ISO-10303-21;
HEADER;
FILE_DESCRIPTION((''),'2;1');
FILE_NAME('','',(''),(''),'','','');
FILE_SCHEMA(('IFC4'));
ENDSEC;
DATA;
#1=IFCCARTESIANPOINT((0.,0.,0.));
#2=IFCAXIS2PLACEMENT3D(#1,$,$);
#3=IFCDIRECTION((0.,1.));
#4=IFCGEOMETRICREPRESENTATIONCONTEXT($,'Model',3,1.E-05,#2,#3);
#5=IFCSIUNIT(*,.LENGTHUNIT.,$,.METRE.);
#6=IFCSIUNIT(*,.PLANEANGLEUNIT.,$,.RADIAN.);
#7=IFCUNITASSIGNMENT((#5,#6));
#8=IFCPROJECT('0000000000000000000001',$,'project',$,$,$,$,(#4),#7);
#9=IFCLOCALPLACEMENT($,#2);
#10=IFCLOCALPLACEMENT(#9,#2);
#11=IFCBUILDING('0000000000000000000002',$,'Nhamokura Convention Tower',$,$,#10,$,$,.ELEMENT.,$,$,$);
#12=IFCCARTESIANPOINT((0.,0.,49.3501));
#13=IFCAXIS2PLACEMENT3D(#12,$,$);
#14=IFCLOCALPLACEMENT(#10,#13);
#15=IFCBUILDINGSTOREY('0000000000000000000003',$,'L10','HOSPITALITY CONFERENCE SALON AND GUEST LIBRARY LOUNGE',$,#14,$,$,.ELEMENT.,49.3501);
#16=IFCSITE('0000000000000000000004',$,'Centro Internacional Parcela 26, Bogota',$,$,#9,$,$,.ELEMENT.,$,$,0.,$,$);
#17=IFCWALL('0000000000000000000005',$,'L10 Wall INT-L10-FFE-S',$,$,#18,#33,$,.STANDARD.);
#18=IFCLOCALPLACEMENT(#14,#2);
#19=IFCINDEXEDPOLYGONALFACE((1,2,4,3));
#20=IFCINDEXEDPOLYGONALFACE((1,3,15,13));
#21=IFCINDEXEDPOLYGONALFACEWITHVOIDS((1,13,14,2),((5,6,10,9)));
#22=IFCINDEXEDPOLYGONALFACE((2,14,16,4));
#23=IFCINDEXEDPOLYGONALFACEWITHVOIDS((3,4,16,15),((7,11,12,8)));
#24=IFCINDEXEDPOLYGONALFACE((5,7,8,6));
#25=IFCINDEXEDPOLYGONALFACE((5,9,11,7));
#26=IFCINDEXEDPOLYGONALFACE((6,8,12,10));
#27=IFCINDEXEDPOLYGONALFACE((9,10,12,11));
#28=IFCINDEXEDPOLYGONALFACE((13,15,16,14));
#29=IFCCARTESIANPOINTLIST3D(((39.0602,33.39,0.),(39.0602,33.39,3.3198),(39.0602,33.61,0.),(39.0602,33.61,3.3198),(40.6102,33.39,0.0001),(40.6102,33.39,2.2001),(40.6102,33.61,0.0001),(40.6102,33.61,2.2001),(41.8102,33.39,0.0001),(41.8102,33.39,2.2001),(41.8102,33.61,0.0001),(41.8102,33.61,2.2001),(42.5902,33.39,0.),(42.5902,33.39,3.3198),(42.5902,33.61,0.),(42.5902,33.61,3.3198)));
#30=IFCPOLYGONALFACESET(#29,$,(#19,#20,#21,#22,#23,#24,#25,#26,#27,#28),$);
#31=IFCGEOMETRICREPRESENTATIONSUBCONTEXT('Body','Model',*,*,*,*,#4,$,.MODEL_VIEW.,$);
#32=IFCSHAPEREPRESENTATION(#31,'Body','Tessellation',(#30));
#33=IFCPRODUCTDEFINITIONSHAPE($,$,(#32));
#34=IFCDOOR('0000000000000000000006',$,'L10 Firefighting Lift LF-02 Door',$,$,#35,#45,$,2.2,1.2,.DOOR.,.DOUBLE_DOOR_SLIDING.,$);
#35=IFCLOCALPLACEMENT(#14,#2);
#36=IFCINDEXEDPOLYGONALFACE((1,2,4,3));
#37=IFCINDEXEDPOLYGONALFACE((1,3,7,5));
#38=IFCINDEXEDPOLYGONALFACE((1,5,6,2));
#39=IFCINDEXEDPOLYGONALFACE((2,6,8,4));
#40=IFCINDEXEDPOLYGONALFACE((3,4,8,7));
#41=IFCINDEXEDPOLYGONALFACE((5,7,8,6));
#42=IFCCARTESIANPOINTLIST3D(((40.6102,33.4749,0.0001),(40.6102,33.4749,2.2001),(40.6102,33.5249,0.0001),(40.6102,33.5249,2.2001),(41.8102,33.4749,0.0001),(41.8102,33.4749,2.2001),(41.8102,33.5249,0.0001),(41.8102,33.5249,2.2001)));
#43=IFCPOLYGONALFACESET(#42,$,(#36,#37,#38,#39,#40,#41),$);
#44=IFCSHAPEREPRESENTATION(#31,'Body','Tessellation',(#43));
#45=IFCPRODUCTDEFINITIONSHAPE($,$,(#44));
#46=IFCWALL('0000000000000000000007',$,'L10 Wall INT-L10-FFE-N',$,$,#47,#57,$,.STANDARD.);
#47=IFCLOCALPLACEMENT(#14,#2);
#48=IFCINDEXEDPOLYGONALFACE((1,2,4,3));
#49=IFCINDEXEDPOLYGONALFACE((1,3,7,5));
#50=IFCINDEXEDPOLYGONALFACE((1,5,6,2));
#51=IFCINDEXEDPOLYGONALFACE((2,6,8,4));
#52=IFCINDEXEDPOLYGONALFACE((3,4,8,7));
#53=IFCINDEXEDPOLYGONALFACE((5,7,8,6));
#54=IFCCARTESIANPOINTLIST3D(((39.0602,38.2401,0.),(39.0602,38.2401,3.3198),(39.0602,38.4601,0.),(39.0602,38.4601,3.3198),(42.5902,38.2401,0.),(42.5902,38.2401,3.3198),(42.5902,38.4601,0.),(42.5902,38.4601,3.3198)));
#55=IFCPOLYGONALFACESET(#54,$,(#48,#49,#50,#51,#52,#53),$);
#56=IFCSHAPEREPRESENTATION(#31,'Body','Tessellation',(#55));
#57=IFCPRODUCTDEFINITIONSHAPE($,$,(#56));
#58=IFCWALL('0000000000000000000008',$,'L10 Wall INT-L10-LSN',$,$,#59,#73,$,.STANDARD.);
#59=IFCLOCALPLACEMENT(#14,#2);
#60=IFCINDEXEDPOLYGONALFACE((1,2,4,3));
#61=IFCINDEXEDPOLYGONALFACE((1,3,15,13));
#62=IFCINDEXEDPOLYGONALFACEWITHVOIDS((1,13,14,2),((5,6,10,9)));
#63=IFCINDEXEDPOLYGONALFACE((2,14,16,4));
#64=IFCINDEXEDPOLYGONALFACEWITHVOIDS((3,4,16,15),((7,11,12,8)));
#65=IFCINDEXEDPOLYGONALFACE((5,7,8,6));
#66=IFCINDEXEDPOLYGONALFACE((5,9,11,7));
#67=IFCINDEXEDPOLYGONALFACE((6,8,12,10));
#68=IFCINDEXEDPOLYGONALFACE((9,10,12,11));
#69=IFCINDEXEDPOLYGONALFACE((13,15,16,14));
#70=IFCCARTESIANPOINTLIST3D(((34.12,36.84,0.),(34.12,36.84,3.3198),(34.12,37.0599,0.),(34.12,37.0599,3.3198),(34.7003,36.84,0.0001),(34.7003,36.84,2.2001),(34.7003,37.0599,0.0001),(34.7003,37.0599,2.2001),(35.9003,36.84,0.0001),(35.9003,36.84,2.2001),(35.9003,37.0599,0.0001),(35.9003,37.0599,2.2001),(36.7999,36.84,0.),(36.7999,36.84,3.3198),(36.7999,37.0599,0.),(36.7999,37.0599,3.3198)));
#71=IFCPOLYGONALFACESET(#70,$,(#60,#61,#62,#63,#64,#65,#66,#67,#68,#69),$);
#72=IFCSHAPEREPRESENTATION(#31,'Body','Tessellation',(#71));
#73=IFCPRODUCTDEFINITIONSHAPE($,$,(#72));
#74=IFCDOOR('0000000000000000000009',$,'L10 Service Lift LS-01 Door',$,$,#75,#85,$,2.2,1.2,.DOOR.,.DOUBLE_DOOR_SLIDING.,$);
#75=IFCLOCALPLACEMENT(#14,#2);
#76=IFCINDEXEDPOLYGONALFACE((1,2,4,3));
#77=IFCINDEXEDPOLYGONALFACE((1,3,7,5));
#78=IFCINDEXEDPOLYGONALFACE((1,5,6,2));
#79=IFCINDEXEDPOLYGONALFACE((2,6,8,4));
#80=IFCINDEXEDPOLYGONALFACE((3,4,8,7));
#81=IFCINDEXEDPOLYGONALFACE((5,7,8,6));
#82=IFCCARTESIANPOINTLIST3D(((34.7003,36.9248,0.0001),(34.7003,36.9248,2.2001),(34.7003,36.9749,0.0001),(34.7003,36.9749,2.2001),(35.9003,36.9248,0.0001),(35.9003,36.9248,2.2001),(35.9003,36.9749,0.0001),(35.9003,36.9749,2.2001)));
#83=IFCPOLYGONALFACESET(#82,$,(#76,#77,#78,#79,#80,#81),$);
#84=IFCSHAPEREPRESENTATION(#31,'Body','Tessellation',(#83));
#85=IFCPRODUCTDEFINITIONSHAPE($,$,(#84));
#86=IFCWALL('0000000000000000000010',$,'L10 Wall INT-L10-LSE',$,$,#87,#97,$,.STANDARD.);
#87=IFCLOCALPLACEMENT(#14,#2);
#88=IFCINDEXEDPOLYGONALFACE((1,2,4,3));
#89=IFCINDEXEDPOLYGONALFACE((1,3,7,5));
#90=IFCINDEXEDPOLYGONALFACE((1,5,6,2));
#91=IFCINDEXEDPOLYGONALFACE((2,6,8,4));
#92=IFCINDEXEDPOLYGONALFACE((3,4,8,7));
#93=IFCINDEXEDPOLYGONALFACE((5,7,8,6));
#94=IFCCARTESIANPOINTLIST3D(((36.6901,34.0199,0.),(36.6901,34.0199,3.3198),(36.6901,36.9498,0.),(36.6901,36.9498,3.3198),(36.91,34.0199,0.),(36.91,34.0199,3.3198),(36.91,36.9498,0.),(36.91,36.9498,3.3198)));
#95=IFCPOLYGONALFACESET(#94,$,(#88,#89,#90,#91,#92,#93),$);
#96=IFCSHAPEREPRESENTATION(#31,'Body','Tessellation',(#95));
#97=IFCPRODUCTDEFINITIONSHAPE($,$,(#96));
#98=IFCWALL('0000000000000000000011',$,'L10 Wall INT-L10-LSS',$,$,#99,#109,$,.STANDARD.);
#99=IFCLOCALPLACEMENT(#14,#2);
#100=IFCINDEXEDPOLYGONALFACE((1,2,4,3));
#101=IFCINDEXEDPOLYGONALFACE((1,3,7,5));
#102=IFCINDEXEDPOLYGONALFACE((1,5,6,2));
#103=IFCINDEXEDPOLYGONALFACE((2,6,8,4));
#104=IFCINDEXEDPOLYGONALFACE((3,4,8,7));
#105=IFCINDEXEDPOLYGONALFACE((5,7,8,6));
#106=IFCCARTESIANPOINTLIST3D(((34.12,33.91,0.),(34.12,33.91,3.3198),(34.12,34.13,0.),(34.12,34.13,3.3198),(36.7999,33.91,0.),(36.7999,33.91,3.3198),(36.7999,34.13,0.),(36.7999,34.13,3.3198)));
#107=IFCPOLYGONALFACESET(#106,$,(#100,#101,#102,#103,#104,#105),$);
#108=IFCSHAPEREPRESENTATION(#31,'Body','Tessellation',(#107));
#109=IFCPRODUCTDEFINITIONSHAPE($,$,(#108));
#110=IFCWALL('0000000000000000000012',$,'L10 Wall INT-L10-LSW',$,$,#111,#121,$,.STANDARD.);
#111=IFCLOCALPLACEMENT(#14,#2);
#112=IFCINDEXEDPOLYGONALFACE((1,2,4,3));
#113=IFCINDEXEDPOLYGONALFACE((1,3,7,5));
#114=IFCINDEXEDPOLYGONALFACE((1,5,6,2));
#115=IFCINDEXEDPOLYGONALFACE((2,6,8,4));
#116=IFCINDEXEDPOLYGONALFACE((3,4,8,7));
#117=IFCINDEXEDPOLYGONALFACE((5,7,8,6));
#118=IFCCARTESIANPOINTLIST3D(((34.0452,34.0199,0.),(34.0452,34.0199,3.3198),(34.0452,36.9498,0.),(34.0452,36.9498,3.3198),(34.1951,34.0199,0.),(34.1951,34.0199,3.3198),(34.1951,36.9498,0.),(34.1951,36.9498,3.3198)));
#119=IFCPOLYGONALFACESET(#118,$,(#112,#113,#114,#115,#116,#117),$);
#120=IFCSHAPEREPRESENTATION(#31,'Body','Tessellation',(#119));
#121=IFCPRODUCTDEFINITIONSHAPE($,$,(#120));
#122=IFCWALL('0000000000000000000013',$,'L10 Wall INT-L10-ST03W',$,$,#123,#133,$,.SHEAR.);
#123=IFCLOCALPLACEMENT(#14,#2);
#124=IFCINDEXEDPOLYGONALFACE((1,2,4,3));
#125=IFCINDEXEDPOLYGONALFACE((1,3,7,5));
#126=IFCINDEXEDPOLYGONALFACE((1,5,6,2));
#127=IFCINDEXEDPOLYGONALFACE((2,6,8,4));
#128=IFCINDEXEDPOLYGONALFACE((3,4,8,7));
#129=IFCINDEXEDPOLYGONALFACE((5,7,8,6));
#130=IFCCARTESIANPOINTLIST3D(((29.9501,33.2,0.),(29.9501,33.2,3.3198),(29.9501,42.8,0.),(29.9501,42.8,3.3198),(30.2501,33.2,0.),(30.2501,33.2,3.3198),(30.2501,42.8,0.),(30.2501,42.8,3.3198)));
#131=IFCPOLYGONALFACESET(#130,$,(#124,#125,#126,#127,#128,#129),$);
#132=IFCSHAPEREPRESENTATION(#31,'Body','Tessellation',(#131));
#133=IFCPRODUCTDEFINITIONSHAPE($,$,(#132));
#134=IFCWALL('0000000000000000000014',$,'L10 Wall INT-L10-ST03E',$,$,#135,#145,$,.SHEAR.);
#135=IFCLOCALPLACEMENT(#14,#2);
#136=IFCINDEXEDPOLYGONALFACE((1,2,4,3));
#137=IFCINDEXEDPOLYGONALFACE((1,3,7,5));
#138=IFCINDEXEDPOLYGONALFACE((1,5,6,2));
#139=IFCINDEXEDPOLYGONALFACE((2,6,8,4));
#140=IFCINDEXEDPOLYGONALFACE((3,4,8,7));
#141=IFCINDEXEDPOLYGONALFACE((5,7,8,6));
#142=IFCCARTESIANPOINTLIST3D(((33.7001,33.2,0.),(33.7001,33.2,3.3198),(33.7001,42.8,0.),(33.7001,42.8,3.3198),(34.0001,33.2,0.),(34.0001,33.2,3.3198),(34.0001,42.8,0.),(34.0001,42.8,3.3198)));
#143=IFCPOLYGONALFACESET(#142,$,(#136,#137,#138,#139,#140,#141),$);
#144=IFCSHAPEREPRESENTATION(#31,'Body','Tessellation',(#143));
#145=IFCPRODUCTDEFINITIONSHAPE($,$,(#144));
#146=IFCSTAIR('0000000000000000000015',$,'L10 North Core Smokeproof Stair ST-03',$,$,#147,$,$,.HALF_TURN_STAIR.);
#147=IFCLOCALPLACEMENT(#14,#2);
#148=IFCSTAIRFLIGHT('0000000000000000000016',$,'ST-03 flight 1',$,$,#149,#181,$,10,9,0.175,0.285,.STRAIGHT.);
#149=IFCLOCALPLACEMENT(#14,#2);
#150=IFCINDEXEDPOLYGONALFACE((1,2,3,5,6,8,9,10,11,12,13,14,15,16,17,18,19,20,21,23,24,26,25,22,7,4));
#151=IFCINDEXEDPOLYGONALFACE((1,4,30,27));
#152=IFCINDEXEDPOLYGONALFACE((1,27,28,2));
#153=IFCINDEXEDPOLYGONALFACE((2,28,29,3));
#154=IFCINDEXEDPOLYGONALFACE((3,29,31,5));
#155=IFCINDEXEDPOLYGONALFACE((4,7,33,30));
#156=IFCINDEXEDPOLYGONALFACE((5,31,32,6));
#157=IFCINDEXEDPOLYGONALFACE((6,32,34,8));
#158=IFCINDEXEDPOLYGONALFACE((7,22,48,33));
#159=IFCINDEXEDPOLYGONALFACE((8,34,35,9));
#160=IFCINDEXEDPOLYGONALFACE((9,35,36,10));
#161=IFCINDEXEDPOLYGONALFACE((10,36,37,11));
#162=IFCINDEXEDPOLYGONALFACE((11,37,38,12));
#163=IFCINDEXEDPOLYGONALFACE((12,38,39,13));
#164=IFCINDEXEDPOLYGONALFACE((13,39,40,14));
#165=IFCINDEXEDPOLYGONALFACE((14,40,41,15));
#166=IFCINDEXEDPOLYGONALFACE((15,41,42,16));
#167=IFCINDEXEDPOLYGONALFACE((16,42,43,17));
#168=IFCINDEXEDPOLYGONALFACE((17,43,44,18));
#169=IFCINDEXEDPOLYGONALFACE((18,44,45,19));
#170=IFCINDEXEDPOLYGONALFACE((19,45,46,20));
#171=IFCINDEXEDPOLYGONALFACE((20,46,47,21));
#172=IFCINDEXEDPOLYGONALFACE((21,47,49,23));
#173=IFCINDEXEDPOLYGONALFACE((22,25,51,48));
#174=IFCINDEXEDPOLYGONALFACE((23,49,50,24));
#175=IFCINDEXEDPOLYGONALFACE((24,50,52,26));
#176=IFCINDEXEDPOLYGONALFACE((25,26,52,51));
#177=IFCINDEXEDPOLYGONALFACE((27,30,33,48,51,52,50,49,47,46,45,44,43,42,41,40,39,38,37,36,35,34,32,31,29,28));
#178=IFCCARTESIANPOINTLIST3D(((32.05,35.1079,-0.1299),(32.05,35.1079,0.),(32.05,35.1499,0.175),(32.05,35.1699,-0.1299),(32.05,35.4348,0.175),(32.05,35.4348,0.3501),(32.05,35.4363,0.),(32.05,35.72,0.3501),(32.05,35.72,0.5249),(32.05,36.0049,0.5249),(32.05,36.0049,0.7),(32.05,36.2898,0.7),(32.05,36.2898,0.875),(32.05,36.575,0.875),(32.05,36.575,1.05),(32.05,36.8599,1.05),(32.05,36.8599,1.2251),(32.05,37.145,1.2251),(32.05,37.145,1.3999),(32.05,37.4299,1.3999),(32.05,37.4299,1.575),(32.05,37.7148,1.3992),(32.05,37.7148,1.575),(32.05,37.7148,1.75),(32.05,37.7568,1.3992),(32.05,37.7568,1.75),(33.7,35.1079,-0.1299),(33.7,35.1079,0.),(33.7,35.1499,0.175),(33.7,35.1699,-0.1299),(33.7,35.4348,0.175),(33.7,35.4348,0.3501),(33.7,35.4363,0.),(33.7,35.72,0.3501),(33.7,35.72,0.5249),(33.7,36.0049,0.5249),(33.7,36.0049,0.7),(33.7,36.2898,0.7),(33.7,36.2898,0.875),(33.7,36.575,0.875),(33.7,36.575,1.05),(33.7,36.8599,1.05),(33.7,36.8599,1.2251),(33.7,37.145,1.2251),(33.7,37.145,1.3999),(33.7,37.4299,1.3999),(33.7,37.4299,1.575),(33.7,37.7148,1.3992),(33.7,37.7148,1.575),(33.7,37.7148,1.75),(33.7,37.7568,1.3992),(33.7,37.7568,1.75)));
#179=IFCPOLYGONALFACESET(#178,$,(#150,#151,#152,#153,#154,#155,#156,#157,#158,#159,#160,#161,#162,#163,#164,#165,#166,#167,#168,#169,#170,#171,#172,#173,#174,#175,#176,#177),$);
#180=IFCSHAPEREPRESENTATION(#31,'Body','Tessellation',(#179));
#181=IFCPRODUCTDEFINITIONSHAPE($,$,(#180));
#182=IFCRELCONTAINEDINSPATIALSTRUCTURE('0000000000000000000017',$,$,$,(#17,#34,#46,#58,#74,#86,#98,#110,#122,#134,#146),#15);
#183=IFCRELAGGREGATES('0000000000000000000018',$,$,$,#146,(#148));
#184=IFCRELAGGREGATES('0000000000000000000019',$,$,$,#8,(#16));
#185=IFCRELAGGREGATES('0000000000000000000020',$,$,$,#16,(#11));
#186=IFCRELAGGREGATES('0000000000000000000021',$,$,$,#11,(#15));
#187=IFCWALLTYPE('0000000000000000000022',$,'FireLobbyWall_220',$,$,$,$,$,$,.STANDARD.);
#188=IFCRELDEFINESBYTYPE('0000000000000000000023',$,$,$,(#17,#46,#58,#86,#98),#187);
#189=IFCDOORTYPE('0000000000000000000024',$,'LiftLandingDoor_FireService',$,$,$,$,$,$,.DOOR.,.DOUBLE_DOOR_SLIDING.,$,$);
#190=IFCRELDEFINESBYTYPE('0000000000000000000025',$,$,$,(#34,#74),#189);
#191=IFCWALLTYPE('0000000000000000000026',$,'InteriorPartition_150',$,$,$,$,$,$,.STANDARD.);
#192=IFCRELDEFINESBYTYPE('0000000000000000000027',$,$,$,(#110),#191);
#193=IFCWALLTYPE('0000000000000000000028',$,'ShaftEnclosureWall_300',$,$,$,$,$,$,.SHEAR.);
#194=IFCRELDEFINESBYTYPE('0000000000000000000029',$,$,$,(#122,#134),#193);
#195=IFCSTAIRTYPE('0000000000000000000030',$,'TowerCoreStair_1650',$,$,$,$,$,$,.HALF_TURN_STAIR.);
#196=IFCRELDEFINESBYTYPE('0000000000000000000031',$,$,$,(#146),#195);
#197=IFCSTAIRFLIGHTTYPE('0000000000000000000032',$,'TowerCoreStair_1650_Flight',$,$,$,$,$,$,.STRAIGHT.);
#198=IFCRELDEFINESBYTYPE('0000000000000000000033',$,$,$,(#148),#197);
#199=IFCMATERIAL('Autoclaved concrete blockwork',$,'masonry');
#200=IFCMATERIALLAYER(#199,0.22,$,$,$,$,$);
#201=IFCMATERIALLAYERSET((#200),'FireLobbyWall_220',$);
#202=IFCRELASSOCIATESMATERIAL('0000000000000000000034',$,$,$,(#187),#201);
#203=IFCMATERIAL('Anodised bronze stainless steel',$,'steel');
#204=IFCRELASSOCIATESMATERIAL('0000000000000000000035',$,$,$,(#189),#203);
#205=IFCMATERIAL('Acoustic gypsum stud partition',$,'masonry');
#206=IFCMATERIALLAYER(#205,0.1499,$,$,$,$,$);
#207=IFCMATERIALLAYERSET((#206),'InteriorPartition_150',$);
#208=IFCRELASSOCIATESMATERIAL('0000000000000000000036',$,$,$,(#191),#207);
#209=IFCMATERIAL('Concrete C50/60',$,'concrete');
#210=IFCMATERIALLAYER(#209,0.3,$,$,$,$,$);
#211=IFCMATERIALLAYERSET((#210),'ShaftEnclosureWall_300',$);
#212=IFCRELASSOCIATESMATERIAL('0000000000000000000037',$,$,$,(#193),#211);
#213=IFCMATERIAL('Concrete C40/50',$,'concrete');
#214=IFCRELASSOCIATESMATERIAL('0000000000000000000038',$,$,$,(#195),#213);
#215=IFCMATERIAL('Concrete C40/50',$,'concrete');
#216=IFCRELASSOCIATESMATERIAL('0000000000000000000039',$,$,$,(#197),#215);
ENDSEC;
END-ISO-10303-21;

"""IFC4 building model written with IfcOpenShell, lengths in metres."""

from ifc_helpers import new_model, si_unit, direction, frame, frame_2d, origin, place, context, subcontext, project, spatial, polyline, rectangle, outline, extrude, material, layer, layer_set, type_object, element, fill, aggregate, save


model = new_model("IFC4")

# Units and contexts
model_context = context("Model", 3, precision=1e-05, world=origin(), true_north=direction((0.0, 1.0)))
body_context = subcontext(model_context, "Body", "Model", "MODEL_VIEW")
ifc_project = project(units=[si_unit("LENGTHUNIT", "METRE"), si_unit("PLANEANGLEUNIT", "RADIAN")], contexts=[model_context])

# Site, building, storey
site_placement = place(None, origin())
site = spatial("IfcSite", under=ifc_project, at=site_placement, Name="Centro Internacional Parcela 26, Bogota", CompositionType="ELEMENT", RefElevation=0.0)
building_placement = place(site_placement, origin())
building = spatial("IfcBuilding", under=site, at=building_placement, Name="Nhamokura Convention Tower", CompositionType="ELEMENT")
storey_placement = place(building_placement, frame((0.0, 0.0, 49.3501)))
storey = spatial("IfcBuildingStorey", under=building, at=storey_placement, Name="L10", Description="HOSPITALITY CONFERENCE SALON AND GUEST LIBRARY LOUNGE", CompositionType="ELEMENT", Elevation=49.3501)

# Wall, opening, door
ifc_material_1 = material(Name="Autoclaved concrete blockwork", Category="masonry")
ifc_layer_1 = layer(ifc_material_1, 0.22)
ifc_layer_set_1 = layer_set([ifc_layer_1], Name="FireLobbyWall_220")
wall_type_1 = type_object("IfcWallType", Name="FireLobbyWall_220", PredefinedType="STANDARD", material=ifc_layer_set_1)
wall_1_placement = place(storey_placement, frame((39.0601, 33.5, 0.0), z_axis=(0.0, 0.0, 1.0), x_axis=(1.0, 0.0, 0.0)))
wall_1 = element("IfcWall", 1, at=wall_1_placement, inside=storey, type_object=wall_type_1, Name="L10 Wall INT-L10-FFE-S", PredefinedType="STANDARD", context=body_context, shape_type="SweptSolid", body=[
    extrude(rectangle(XDim=3.53, YDim=0.22, at=frame_2d((1.7651, 0.0))), origin(), (0.0, 0.0, 1.0), 3.3198),
])
opening_1_placement = place(wall_1_placement, frame((1.55, 0.0, 0.0)))
opening_1 = element("IfcOpeningElement", 2, at=opening_1_placement, cuts=wall_1, PredefinedType="OPENING", context=body_context, shape_type="SweptSolid", body=[
    extrude(rectangle(XDim=1.2, YDim=2.2, at=frame_2d((0.6001, 1.1001))), frame((0.0, 0.1199, 0.0), z_axis=(0.0, -1.0, 0.0), x_axis=(1.0, 0.0, 0.0)), (0.0, 0.0, 1.0), 0.24),
])
ifc_material_2 = material(Name="Anodised bronze stainless steel", Category="steel")
door_type_1 = type_object("IfcDoorType", Name="LiftLandingDoor_FireService", OperationType="DOUBLE_DOOR_SLIDING", PredefinedType="DOOR", material=ifc_material_2)
door_1_placement = place(opening_1_placement, origin())
door_1 = element("IfcDoor", 3, at=door_1_placement, inside=storey, type_object=door_type_1, Name="L10 Firefighting Lift LF-02 Door", OperationType="DOUBLE_DOOR_SLIDING", OverallHeight=2.2, OverallWidth=1.2, PredefinedType="DOOR", context=body_context, shape_type="SweptSolid", body=[
    extrude(rectangle(XDim=1.2, YDim=2.2, at=frame_2d((0.6001, 1.1001))), frame((0.0, 0.0249, 0.0), z_axis=(0.0, -1.0, 0.0), x_axis=(1.0, 0.0, 0.0)), (0.0, 0.0, 1.0), 0.05),
])
fill(opening_1, door_1)

# Wall
wall_2_placement = place(storey_placement, frame((39.0601, 38.3501, 0.0), z_axis=(0.0, 0.0, 1.0), x_axis=(1.0, 0.0, 0.0)))
element("IfcWall", 4, at=wall_2_placement, inside=storey, type_object=wall_type_1, Name="L10 Wall INT-L10-FFE-N", PredefinedType="STANDARD", context=body_context, shape_type="SweptSolid", body=[
    extrude(rectangle(XDim=3.53, YDim=0.22, at=frame_2d((1.7651, 0.0))), origin(), (0.0, 0.0, 1.0), 3.3198),
])

# Wall, opening, door
wall_3_placement = place(storey_placement, frame((34.1201, 36.95, 0.0), z_axis=(0.0, 0.0, 1.0), x_axis=(1.0, 0.0, 0.0)))
wall_3 = element("IfcWall", 5, at=wall_3_placement, inside=storey, type_object=wall_type_1, Name="L10 Wall INT-L10-LSN", PredefinedType="STANDARD", context=body_context, shape_type="SweptSolid", body=[
    extrude(rectangle(XDim=2.6799, YDim=0.22, at=frame_2d((1.3398, 0.0))), origin(), (0.0, 0.0, 1.0), 3.3198),
])
opening_2_placement = place(wall_3_placement, frame((0.5801, 0.0, 0.0)))
opening_2 = element("IfcOpeningElement", 6, at=opening_2_placement, cuts=wall_3, PredefinedType="OPENING", context=body_context, shape_type="SweptSolid", body=[
    extrude(rectangle(XDim=1.2, YDim=2.2, at=frame_2d((0.6001, 1.1001))), frame((0.0, 0.1199, 0.0), z_axis=(0.0, -1.0, 0.0), x_axis=(1.0, 0.0, 0.0)), (0.0, 0.0, 1.0), 0.24),
])
door_2_placement = place(opening_2_placement, origin())
door_2 = element("IfcDoor", 7, at=door_2_placement, inside=storey, type_object=door_type_1, Name="L10 Service Lift LS-01 Door", OperationType="DOUBLE_DOOR_SLIDING", OverallHeight=2.2, OverallWidth=1.2, PredefinedType="DOOR", context=body_context, shape_type="SweptSolid", body=[
    extrude(rectangle(XDim=1.2, YDim=2.2, at=frame_2d((0.6001, 1.1001))), frame((0.0, 0.0249, 0.0), z_axis=(0.0, -1.0, 0.0), x_axis=(1.0, 0.0, 0.0)), (0.0, 0.0, 1.0), 0.05),
])
fill(opening_2, door_2)

# Walls
wall_4_placement = place(storey_placement, frame((36.8, 34.02, 0.0), z_axis=(0.0, 0.0, 1.0), x_axis=(0.0, 1.0, 0.0)))
element("IfcWall", 8, at=wall_4_placement, inside=storey, type_object=wall_type_1, Name="L10 Wall INT-L10-LSE", PredefinedType="STANDARD", context=body_context, shape_type="SweptSolid", body=[
    extrude(rectangle(XDim=2.9299, YDim=0.22, at=frame_2d((1.4648, 0.0))), origin(), (0.0, 0.0, 1.0), 3.3198),
])
wall_5_placement = place(storey_placement, frame((34.1201, 34.02, 0.0), z_axis=(0.0, 0.0, 1.0), x_axis=(1.0, 0.0, 0.0)))
element("IfcWall", 9, at=wall_5_placement, inside=storey, type_object=wall_type_1, Name="L10 Wall INT-L10-LSS", PredefinedType="STANDARD", context=body_context, shape_type="SweptSolid", body=[
    extrude(rectangle(XDim=2.6799, YDim=0.22, at=frame_2d((1.3398, 0.0))), origin(), (0.0, 0.0, 1.0), 3.3198),
])
ifc_material_3 = material(Name="Acoustic gypsum stud partition", Category="masonry")
ifc_layer_2 = layer(ifc_material_3, 0.1499)
ifc_layer_set_2 = layer_set([ifc_layer_2], Name="InteriorPartition_150")
wall_type_2 = type_object("IfcWallType", Name="InteriorPartition_150", PredefinedType="STANDARD", material=ifc_layer_set_2)
wall_6_placement = place(storey_placement, frame((34.1201, 34.02, 0.0), z_axis=(0.0, 0.0, 1.0), x_axis=(0.0, 1.0, 0.0)))
element("IfcWall", 10, at=wall_6_placement, inside=storey, type_object=wall_type_2, Name="L10 Wall INT-L10-LSW", PredefinedType="STANDARD", context=body_context, shape_type="SweptSolid", body=[
    extrude(rectangle(XDim=2.9299, YDim=0.1499, at=frame_2d((1.4648, 0.0))), origin(), (0.0, 0.0, 1.0), 3.3198),
])
ifc_material_4 = material(Name="Concrete C50/60", Category="concrete")
ifc_layer_3 = layer(ifc_material_4, 0.3)
ifc_layer_set_3 = layer_set([ifc_layer_3], Name="ShaftEnclosureWall_300")
wall_type_3 = type_object("IfcWallType", Name="ShaftEnclosureWall_300", PredefinedType="SHEAR", material=ifc_layer_set_3)
for number, where, z_axis, x_axis, name in (
    (11, (30.1001, 33.2, 0.0), (0.0, 0.0, 1.0), (0.0, 1.0, 0.0), "L10 Wall INT-L10-ST03W"),
    (12, (33.8501, 33.2, 0.0), (0.0, 0.0, 1.0), (0.0, 1.0, 0.0), "L10 Wall INT-L10-ST03E"),
):
    element("IfcWall", number, at=place(storey_placement, frame(where, z_axis=z_axis, x_axis=x_axis)), inside=storey, type_object=wall_type_3, Name=name, PredefinedType="SHEAR", context=body_context, shape_type="SweptSolid", body=[
        extrude(rectangle(XDim=9.6001, YDim=0.3, at=frame_2d((4.8, 0.0))), origin(), (0.0, 0.0, 1.0), 3.3198),
    ])

# Stair, stair flight
ifc_material_5 = material(Name="Concrete C40/50", Category="concrete")
stair_type = type_object("IfcStairType", Name="TowerCoreStair_1650", PredefinedType="HALF_TURN_STAIR", material=ifc_material_5)
stair_placement = place(storey_placement, origin())
stair = element("IfcStair", 13, at=stair_placement, inside=storey, type_object=stair_type, Name="L10 North Core Smokeproof Stair ST-03", PredefinedType="HALF_TURN_STAIR")
ifc_material_6 = material(Name="Concrete C40/50", Category="concrete")
stair_flight_type = type_object("IfcStairFlightType", Name="TowerCoreStair_1650_Flight", PredefinedType="STRAIGHT", material=ifc_material_6)
stair_flight_1_placement = place(storey_placement, frame((32.875, 35.1499, 0.0), z_axis=(0.0, 0.0, 1.0), x_axis=(0.0, 1.0, 0.0)))
stair_flight_1 = element("IfcStairFlight", 14, at=stair_flight_1_placement, type_object=stair_flight_type, Name="ST-03 flight 1", NumberOfRisers=10, NumberOfTreads=9, PredefinedType="STRAIGHT", RiserHeight=0.175, TreadLength=0.285, context=body_context, shape_type="SweptSolid", body=[
    extrude(outline(polyline([(-0.042, 0.0), (0.0, 0.175), (0.2849, 0.175), (0.2849, 0.3501), (0.5701, 0.3501), (0.5701, 0.5249), (0.855, 0.5249), (0.855, 0.7), (1.1399, 0.7), (1.1399, 0.875), (1.425, 0.875), (1.425, 1.05), (1.71, 1.05), (1.71, 1.2251), (1.9951, 1.2251), (1.9951, 1.3999), (2.28, 1.3999), (2.28, 1.575), (2.5649, 1.575), (2.5649, 1.75), (2.6069, 1.75), (2.6069, 1.3992), (2.5649, 1.3992), (0.2864, 0.0), (0.02, -0.1299), (-0.042, -0.1299), (-0.042, 0.0)])), frame((0.0, 0.825, 0.0), z_axis=(0.0, -1.0, 0.0), x_axis=(1.0, 0.0, 0.0)), (0.0, 0.0, 1.0), 1.6499),
])
aggregate(stair, [stair_flight_1])

save(model, "model.ifc")
